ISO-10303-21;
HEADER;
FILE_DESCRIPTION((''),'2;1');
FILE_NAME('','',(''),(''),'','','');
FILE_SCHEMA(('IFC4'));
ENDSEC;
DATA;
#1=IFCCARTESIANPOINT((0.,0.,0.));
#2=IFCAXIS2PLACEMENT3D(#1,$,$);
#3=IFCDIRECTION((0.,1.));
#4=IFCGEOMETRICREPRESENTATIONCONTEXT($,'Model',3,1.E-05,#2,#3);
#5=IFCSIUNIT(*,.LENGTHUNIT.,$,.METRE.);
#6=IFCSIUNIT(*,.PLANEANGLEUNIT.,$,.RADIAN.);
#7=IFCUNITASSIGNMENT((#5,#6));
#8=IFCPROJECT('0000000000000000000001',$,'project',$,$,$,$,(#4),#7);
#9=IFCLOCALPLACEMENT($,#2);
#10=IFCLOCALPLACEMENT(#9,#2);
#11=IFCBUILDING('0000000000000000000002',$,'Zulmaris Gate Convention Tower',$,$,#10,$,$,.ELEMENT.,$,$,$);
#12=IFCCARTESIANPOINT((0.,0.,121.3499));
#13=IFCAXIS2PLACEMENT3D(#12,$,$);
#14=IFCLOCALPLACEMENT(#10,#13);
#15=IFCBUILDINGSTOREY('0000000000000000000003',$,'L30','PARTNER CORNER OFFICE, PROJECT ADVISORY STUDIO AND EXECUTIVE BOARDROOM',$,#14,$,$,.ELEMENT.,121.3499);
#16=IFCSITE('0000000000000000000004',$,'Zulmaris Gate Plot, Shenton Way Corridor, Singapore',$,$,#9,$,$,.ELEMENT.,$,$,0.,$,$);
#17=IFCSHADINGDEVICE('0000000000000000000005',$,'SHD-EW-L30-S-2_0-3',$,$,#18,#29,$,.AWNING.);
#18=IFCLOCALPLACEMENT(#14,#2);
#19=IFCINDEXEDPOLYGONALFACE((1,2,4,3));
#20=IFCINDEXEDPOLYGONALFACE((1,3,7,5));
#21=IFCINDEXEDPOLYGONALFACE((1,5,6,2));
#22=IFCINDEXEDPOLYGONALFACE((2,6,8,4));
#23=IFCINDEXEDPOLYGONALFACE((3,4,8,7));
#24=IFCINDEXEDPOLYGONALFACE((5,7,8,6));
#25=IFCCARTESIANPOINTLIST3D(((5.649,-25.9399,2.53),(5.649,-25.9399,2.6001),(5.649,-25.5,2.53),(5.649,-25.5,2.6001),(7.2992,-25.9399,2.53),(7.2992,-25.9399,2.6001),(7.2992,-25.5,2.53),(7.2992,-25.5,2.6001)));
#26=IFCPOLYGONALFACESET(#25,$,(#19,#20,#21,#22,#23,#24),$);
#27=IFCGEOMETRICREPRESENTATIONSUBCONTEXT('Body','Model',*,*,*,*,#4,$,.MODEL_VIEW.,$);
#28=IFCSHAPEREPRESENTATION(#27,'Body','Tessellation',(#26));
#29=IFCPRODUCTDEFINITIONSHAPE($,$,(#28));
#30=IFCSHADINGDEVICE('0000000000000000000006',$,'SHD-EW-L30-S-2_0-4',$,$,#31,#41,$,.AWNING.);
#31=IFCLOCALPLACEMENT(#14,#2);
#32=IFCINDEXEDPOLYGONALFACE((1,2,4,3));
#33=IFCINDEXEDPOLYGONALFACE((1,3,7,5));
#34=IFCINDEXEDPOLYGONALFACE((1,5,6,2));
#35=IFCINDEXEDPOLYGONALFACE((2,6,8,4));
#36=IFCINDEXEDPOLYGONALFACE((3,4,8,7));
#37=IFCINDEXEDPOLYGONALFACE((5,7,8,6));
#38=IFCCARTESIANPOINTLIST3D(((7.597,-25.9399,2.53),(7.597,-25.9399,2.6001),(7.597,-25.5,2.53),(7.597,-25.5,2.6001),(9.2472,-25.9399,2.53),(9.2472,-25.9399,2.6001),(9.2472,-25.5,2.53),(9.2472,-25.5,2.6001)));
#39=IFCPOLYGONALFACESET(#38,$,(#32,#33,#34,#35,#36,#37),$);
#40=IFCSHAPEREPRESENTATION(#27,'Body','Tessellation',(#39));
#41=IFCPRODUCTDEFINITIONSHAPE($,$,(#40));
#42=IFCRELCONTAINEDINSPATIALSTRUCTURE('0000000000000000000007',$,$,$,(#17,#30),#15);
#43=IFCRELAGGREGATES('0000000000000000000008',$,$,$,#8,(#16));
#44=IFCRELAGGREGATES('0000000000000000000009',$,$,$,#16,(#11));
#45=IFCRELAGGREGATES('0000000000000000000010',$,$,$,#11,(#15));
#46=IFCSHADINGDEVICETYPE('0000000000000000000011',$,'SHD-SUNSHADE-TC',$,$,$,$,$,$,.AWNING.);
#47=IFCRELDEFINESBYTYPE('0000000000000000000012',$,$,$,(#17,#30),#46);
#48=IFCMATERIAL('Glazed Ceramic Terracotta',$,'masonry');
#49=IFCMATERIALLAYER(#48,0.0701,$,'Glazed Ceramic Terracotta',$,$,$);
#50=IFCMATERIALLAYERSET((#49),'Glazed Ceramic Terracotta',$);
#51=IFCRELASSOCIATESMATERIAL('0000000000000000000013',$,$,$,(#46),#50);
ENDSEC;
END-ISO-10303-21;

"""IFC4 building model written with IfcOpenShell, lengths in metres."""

from ifc_helpers import new_model, si_unit, direction, frame, frame_2d, origin, place, context, subcontext, project, spatial, rectangle, extrude, material, layer, layer_set, type_object, element, save


model = new_model("IFC4")

# Units and contexts
model_context = context("Model", 3, precision=1e-05, world=origin(), true_north=direction((0.0, 1.0)))
body_context = subcontext(model_context, "Body", "Model", "MODEL_VIEW")
ifc_project = project(units=[si_unit("LENGTHUNIT", "METRE"), si_unit("PLANEANGLEUNIT", "RADIAN")], contexts=[model_context])

# Site, building, storey
site_placement = place(None, origin())
site = spatial("IfcSite", under=ifc_project, at=site_placement, Name="Zulmaris Gate Plot, Shenton Way Corridor, Singapore", CompositionType="ELEMENT", RefElevation=0.0)
building_placement = place(site_placement, origin())
building = spatial("IfcBuilding", under=site, at=building_placement, Name="Zulmaris Gate Convention Tower", CompositionType="ELEMENT")
storey_placement = place(building_placement, frame((0.0, 0.0, 121.3499)))
storey = spatial("IfcBuildingStorey", under=building, at=storey_placement, Name="L30", Description="PARTNER CORNER OFFICE, PROJECT ADVISORY STUDIO AND EXECUTIVE BOARDROOM", CompositionType="ELEMENT", Elevation=121.3499)

# Shading devices
ifc_material_1 = material(Name="Glazed Ceramic Terracotta", Category="masonry")
ifc_layer_1 = layer(ifc_material_1, 0.0701, Name="Glazed Ceramic Terracotta")
ifc_layer_set_1 = layer_set([ifc_layer_1], Name="Glazed Ceramic Terracotta")
shading_device_type = type_object("IfcShadingDeviceType", Name="SHD-SUNSHADE-TC", PredefinedType="AWNING", material=ifc_layer_set_1)
for number, where, z_axis, x_axis, name in (
    (1, (5.6489, -25.72, 2.53), (0.0, 0.0, 1.0), (1.0, 0.0, 0.0), "SHD-EW-L30-S-2_0-3"),
    (2, (7.5969, -25.72, 2.53), (0.0, 0.0, 1.0), (1.0, 0.0, 0.0), "SHD-EW-L30-S-2_0-4"),
):
    element("IfcShadingDevice", number, at=place(storey_placement, frame(where, z_axis=z_axis, x_axis=x_axis)), inside=storey, type_object=shading_device_type, Name=name, PredefinedType="AWNING", context=body_context, shape_type="SweptSolid", body=[
        extrude(rectangle(XDim=1.6501, YDim=0.4399, at=frame_2d((0.8252, 0.0))), origin(), (0.0, 0.0, 1.0), 0.0701),
    ])

save(model, "model.ifc")
